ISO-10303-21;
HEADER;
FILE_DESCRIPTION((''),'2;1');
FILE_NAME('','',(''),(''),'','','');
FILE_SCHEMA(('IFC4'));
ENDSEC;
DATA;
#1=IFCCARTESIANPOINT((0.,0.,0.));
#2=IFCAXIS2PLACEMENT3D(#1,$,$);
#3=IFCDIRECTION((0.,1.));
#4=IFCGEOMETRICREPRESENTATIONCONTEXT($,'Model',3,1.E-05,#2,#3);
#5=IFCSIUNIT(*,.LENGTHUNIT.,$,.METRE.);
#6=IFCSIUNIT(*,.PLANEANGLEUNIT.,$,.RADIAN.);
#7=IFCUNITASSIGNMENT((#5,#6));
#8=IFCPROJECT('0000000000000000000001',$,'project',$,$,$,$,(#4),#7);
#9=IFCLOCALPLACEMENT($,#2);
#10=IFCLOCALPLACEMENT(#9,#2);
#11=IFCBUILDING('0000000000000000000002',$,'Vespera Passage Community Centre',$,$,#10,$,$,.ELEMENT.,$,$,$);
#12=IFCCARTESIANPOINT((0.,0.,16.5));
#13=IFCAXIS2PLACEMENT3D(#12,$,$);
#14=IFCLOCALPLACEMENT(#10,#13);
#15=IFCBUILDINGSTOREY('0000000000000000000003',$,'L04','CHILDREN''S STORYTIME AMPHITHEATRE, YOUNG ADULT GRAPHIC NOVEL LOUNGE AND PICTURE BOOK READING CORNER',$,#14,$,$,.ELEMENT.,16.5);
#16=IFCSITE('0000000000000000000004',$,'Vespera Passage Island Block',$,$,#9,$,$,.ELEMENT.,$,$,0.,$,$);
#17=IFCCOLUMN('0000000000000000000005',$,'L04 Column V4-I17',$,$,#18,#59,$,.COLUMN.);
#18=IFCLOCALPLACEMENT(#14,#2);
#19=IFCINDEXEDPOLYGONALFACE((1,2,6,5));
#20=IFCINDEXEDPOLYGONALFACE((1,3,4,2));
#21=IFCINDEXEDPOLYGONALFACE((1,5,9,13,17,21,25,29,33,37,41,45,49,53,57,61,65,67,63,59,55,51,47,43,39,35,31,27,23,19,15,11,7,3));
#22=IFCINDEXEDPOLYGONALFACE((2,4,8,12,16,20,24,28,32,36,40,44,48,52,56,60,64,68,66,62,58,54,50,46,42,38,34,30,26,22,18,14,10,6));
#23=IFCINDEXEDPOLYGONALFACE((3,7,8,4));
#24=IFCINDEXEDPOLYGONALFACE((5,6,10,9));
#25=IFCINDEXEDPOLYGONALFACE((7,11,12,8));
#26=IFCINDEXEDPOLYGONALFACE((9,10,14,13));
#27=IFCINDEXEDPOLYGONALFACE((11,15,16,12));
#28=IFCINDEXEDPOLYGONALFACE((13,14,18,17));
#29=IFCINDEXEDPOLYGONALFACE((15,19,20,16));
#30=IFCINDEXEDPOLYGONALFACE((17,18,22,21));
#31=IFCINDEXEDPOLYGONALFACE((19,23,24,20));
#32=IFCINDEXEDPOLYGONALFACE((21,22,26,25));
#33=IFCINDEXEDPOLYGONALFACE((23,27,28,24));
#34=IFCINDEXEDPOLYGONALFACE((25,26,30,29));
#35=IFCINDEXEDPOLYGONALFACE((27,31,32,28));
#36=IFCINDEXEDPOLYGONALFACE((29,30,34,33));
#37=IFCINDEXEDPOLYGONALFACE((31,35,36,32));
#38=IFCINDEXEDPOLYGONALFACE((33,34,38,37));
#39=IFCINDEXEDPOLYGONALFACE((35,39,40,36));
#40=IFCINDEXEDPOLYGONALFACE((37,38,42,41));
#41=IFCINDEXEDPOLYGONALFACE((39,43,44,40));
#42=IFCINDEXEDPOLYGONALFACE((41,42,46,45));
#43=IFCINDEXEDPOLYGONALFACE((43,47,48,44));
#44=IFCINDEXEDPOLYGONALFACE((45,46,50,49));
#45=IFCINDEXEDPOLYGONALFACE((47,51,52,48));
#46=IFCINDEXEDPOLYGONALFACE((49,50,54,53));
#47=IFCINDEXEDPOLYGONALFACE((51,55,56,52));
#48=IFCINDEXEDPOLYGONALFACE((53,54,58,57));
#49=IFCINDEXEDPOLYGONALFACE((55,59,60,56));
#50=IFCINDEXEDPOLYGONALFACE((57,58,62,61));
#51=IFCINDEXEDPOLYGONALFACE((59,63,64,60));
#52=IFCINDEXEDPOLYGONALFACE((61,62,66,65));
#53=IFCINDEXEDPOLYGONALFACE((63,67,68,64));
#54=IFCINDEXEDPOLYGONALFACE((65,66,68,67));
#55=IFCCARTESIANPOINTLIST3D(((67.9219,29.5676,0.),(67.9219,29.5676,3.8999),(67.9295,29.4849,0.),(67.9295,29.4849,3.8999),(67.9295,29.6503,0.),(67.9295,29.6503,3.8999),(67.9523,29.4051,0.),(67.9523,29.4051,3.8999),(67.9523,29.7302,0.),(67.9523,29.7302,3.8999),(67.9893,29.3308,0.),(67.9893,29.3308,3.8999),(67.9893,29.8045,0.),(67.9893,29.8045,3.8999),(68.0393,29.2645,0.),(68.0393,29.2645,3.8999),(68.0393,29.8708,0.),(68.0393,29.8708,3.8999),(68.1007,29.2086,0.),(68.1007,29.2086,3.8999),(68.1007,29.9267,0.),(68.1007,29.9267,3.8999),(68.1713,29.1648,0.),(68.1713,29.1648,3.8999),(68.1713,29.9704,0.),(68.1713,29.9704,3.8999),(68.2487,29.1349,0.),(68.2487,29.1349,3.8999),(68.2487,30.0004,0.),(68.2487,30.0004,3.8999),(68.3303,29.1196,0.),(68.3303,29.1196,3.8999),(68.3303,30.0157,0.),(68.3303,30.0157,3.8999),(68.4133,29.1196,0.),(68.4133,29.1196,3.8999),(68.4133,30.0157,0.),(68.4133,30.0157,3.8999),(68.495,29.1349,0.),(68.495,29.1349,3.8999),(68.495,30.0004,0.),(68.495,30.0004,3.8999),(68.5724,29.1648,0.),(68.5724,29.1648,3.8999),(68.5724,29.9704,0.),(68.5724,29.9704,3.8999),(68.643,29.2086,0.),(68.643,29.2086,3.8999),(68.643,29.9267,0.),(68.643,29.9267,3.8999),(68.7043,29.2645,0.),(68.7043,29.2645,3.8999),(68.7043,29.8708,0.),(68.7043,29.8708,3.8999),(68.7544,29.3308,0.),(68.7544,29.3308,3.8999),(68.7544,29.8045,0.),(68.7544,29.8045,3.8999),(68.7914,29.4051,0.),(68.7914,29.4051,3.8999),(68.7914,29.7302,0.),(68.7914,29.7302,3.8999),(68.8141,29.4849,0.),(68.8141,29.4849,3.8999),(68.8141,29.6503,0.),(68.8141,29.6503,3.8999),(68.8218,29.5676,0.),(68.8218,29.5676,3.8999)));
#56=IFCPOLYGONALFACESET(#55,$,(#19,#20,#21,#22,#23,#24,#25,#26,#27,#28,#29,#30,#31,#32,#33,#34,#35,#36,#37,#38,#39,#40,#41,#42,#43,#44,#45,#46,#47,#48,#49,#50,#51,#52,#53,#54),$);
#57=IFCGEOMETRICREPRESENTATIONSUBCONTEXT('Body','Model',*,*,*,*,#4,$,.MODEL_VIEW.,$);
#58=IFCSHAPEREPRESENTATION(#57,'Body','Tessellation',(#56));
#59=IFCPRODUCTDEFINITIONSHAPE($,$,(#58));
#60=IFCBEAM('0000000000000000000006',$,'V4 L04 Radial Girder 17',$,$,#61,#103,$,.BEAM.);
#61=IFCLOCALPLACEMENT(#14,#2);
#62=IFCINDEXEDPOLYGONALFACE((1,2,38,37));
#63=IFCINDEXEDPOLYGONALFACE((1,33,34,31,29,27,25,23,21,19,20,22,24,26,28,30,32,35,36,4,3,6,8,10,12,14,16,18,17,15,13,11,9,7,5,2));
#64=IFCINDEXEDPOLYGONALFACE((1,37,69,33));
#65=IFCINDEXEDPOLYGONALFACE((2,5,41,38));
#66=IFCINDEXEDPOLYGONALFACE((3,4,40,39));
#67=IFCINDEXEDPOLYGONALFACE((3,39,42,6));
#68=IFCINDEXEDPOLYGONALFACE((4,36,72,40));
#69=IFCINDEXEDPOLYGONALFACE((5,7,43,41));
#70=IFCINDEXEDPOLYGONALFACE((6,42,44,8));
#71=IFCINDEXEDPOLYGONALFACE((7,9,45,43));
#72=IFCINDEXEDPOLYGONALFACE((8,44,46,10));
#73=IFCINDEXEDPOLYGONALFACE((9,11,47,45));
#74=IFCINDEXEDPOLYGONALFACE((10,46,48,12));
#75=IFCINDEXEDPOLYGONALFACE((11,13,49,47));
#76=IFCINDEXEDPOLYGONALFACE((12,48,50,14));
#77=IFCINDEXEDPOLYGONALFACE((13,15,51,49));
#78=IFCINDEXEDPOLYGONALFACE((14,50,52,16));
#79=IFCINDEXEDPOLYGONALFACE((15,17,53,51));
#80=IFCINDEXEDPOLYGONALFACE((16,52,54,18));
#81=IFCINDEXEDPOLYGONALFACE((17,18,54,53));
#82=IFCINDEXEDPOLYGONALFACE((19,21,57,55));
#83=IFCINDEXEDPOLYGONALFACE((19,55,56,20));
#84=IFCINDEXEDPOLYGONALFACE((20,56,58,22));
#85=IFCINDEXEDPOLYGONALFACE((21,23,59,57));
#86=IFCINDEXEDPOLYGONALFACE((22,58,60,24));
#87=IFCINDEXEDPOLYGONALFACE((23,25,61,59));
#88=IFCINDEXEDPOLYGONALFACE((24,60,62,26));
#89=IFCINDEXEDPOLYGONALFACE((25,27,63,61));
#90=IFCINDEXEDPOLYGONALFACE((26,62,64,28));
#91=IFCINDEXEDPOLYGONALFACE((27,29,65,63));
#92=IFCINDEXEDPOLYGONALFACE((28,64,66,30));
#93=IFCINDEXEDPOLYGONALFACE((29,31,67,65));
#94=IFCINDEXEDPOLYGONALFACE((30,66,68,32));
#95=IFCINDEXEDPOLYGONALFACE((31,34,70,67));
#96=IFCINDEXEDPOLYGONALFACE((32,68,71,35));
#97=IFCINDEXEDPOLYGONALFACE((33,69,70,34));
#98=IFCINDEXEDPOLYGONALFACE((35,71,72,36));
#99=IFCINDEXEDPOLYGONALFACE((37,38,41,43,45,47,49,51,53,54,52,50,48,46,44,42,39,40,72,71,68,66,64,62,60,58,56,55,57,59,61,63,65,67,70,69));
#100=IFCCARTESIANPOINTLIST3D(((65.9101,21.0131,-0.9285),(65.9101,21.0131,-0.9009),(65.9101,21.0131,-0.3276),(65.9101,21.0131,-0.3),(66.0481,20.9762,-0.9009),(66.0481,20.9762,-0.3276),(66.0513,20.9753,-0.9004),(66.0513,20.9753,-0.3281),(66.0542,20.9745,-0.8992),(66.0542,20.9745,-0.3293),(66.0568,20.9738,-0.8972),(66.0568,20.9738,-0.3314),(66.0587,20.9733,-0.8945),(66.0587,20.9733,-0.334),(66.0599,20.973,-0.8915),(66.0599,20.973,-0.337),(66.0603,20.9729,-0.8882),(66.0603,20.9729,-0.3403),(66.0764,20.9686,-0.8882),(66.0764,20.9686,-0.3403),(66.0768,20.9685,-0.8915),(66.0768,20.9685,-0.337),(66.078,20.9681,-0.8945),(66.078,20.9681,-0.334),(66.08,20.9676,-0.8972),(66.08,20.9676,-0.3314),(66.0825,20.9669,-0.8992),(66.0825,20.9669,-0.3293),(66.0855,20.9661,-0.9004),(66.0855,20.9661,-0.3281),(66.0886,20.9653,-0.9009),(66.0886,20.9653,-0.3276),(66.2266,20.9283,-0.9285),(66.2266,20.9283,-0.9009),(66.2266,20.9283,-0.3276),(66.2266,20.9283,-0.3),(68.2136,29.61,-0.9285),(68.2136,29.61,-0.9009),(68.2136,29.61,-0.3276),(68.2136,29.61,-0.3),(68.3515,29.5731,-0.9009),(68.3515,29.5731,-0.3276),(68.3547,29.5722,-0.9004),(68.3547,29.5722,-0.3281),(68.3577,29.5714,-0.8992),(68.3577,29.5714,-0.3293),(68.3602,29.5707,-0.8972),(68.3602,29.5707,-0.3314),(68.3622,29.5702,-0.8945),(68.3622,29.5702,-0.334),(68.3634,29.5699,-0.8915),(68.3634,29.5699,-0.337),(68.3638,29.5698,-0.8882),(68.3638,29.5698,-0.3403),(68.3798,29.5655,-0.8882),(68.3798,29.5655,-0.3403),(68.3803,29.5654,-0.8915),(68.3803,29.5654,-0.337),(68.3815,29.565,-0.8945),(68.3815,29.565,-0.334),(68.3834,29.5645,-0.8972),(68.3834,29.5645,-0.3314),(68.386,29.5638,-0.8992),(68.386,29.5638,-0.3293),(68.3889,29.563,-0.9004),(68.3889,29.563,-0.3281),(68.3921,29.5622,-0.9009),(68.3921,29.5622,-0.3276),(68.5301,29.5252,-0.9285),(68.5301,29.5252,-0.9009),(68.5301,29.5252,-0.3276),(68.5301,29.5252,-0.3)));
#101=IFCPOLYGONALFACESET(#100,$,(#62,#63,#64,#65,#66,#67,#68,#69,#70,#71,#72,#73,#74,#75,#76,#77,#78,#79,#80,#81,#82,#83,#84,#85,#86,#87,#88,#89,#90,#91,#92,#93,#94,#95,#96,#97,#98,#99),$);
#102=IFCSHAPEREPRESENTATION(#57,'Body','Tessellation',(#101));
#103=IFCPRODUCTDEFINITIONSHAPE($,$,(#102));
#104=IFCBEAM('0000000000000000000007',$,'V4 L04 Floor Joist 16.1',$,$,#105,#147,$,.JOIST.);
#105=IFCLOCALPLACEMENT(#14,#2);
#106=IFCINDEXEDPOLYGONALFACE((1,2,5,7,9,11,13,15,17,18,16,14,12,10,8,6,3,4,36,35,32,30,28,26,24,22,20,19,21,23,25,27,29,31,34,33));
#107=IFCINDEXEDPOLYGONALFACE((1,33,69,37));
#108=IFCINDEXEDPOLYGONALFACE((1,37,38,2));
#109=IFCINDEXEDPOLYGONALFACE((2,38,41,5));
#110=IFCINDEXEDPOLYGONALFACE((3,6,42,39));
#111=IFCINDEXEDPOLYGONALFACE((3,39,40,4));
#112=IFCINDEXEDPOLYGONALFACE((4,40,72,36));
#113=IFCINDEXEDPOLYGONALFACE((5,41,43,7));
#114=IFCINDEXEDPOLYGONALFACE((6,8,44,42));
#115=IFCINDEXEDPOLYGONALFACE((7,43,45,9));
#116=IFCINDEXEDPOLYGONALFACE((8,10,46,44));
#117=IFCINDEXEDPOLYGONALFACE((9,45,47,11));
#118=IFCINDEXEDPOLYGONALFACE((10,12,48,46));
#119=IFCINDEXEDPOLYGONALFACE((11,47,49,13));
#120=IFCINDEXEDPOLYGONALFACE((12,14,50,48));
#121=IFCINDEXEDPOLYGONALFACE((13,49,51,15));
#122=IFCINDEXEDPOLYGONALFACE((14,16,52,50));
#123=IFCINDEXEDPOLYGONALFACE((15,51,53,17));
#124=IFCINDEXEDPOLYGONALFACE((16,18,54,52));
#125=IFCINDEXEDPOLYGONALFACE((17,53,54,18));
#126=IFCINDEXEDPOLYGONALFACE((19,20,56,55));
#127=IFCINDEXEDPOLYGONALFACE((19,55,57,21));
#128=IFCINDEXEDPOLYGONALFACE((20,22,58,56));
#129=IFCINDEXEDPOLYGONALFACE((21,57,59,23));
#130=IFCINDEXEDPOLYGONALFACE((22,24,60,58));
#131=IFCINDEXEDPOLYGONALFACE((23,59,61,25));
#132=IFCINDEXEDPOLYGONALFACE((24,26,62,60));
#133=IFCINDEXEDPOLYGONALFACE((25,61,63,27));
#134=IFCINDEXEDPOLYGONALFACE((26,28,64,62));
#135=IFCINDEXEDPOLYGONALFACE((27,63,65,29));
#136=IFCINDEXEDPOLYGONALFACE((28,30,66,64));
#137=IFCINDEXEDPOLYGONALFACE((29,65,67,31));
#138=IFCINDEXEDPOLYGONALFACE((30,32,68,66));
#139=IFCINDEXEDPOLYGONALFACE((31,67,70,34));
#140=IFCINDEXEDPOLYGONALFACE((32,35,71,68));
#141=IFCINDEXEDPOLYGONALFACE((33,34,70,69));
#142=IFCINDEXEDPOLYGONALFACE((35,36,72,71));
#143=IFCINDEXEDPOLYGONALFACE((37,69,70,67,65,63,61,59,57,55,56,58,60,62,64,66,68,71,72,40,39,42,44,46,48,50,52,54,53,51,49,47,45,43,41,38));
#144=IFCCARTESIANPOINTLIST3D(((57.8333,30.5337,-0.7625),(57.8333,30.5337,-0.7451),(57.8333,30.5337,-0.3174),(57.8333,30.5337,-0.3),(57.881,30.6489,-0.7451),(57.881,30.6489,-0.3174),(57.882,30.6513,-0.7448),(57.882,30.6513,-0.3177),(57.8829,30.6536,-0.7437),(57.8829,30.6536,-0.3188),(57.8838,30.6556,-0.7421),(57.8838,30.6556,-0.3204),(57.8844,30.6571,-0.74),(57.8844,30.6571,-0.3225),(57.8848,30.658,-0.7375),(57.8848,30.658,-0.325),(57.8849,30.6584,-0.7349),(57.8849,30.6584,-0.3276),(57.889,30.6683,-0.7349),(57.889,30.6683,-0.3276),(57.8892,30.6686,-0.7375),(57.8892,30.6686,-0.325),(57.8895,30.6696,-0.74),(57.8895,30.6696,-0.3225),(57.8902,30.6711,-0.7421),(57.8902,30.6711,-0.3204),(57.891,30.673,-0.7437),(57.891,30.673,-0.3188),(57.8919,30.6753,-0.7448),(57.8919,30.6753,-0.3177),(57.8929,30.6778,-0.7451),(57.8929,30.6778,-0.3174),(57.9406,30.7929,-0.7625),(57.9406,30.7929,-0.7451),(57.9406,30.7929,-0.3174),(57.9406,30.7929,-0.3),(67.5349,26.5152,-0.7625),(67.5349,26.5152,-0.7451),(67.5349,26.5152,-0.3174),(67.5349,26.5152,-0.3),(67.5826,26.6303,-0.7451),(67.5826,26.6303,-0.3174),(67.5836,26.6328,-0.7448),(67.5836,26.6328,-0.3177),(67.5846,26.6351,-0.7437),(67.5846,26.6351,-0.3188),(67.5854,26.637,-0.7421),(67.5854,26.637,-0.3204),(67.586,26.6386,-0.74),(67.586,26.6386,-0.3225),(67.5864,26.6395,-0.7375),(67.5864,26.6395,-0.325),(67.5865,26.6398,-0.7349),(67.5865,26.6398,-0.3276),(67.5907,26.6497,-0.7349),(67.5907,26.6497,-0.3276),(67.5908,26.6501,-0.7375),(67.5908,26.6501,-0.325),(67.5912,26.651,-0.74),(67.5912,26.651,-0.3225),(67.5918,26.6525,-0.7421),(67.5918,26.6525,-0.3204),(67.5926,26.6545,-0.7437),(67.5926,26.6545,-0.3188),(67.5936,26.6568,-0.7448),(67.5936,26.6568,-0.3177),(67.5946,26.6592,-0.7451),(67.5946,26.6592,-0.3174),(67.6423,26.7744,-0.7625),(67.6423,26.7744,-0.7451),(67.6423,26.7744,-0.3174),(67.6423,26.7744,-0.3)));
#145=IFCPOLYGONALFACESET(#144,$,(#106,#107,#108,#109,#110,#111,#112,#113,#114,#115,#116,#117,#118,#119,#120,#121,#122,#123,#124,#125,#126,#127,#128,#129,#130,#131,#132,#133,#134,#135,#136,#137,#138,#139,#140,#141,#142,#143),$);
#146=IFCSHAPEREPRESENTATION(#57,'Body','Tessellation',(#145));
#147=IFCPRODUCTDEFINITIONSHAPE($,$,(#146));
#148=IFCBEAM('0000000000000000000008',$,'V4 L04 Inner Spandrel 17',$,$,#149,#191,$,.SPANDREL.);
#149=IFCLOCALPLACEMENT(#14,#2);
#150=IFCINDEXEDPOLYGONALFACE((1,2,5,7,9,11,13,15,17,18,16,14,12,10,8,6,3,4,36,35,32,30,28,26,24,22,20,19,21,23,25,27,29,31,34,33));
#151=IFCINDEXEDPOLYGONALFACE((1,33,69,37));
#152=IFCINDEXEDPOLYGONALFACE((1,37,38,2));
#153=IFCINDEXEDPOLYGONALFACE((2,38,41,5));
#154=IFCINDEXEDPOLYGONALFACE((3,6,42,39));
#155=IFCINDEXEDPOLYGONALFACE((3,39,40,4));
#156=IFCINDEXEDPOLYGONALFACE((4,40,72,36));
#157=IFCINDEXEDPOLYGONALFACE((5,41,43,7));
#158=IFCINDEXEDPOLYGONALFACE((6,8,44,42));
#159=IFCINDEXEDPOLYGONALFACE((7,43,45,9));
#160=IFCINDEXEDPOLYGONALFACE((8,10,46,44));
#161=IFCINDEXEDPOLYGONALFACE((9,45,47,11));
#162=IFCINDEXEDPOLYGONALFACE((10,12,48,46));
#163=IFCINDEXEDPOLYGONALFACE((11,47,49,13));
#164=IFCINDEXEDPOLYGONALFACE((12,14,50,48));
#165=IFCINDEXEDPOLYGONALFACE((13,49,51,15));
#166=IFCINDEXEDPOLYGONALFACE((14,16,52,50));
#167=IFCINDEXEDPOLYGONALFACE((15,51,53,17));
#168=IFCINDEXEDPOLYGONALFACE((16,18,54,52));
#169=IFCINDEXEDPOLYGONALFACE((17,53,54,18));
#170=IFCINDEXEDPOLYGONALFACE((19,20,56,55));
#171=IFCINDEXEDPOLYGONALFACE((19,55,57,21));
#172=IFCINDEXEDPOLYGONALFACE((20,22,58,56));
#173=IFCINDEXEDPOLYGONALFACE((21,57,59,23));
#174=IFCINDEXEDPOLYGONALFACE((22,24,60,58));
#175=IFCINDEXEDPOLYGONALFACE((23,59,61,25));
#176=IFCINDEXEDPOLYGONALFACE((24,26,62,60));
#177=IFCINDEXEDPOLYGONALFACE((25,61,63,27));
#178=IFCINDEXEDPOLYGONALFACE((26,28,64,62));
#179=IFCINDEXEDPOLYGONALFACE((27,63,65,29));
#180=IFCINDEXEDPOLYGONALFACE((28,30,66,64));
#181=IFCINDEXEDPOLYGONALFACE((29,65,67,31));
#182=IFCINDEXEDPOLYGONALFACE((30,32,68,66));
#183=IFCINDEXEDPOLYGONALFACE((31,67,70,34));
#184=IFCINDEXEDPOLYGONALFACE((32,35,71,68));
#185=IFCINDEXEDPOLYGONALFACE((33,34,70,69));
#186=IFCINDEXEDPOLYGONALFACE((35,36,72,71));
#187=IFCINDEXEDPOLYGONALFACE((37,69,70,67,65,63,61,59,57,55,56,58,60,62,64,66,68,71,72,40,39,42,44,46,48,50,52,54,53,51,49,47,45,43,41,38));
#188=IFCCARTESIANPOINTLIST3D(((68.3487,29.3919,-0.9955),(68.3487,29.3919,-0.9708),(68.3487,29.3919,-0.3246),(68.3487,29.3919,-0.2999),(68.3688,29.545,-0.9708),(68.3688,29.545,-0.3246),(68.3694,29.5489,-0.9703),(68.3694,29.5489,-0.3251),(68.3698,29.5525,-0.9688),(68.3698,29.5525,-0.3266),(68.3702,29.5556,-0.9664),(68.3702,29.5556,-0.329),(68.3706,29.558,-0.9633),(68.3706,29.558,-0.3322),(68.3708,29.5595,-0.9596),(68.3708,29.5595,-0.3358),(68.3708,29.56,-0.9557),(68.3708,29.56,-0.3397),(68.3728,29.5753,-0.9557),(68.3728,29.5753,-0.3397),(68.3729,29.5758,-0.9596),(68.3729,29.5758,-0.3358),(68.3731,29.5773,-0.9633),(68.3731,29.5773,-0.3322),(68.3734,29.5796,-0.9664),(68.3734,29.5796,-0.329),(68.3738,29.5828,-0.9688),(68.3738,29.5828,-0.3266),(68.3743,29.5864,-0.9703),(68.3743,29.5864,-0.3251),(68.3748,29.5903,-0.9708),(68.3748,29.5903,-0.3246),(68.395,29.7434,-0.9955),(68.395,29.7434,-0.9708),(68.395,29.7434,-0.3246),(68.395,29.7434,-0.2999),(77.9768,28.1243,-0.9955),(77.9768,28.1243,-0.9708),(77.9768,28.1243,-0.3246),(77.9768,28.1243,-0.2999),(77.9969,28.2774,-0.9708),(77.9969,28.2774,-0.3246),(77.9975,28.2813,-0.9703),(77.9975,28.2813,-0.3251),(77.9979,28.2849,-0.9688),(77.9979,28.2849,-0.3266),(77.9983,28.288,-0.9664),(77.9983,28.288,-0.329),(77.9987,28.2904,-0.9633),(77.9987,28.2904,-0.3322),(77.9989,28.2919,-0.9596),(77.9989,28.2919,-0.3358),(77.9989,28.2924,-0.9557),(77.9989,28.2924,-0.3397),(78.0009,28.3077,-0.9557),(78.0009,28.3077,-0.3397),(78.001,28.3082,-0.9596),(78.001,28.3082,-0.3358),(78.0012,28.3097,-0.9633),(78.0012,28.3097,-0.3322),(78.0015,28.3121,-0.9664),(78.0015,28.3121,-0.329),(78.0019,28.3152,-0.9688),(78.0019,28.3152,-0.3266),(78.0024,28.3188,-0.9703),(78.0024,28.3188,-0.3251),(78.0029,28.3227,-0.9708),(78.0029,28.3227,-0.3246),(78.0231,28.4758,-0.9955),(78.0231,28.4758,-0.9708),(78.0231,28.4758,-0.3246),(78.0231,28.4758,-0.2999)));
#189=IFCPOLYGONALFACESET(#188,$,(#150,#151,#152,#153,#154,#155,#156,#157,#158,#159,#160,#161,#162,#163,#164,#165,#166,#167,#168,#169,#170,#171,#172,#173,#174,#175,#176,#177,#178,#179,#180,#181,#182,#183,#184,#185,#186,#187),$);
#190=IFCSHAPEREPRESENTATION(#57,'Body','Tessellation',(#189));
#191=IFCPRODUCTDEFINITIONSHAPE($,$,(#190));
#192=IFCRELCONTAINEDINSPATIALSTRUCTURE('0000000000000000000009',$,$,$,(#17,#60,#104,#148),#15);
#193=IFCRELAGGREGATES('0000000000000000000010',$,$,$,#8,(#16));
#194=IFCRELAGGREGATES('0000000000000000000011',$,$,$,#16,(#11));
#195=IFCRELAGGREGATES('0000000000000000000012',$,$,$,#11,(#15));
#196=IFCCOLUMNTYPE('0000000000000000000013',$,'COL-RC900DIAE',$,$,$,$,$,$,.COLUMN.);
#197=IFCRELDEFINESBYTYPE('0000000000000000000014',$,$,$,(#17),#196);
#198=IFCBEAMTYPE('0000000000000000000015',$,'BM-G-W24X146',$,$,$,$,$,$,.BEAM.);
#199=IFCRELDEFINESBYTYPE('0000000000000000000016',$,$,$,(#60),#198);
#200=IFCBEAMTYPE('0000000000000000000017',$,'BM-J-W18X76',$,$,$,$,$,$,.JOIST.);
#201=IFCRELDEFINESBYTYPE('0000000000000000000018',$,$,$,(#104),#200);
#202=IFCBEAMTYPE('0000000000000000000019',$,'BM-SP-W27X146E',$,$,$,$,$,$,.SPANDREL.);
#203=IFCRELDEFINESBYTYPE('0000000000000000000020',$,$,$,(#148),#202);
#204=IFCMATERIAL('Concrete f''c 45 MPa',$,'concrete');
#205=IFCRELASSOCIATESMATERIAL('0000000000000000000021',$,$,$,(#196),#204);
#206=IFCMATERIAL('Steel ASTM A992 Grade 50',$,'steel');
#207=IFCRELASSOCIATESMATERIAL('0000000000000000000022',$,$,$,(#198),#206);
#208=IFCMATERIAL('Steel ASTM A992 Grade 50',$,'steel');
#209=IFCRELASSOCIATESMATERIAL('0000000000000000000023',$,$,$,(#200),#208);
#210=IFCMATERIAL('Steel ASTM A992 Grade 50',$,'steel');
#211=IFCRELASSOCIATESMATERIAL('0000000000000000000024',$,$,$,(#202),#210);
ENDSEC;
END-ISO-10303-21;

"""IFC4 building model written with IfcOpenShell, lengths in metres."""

from ifc_helpers import new_model, si_unit, direction, frame, origin, origin_2d, place, context, subcontext, project, spatial, circle, i_section, extrude, material, material_profile, profile_set, type_object, element, save


model = new_model("IFC4")

# Units and contexts
model_context = context("Model", 3, precision=1e-05, world=origin(), true_north=direction((0.0, 1.0)))
body_context = subcontext(model_context, "Body", "Model", "MODEL_VIEW")
ifc_project = project(units=[si_unit("LENGTHUNIT", "METRE"), si_unit("PLANEANGLEUNIT", "RADIAN")], contexts=[model_context])

# Site, building, storey
site_placement = place(None, origin())
site = spatial("IfcSite", under=ifc_project, at=site_placement, Name="Vespera Passage Island Block", CompositionType="ELEMENT", RefElevation=0.0)
building_placement = place(site_placement, origin())
building = spatial("IfcBuilding", under=site, at=building_placement, Name="Vespera Passage Community Centre", CompositionType="ELEMENT")
storey_placement = place(building_placement, frame((0.0, 0.0, 16.5)))
storey = spatial("IfcBuildingStorey", under=building, at=storey_placement, Name="L04", Description="CHILDREN'S STORYTIME AMPHITHEATRE, YOUNG ADULT GRAPHIC NOVEL LOUNGE AND PICTURE BOOK READING CORNER", CompositionType="ELEMENT", Elevation=16.5)

# Column
ifc_material_1 = material(Name="Concrete f'c 45 MPa", Category="concrete")
ifc_material_profile_1 = material_profile(ifc_material_1, circle(Radius=0.45, at=origin_2d()), Name="RC900DIA")
ifc_profile_set_1 = profile_set([ifc_material_profile_1], Name="Concrete f'c 45 MPa")
column_type = type_object("IfcColumnType", Name="COL-RC900DIAE", PredefinedType="COLUMN", material=ifc_profile_set_1)
column_placement = place(storey_placement, frame((68.3718, 29.5676, 0.0), z_axis=(0.0, 0.0, 1.0), x_axis=(1.0, 0.0, 0.0)))
element("IfcColumn", 1, at=column_placement, inside=storey, type_object=column_type, Name="L04 Column V4-I17", PredefinedType="COLUMN", context=body_context, shape_type="SweptSolid", body=[
    extrude(circle(Radius=0.45, at=origin_2d()), origin(), (0.0, 0.0, 1.0), 3.8999),
])

# Beams
ifc_material_2 = material(Name="Steel ASTM A992 Grade 50", Category="steel")
ifc_material_profile_2 = material_profile(ifc_material_2, i_section(OverallWidth=0.3276, OverallDepth=0.6284, WebThickness=0.0166, FlangeThickness=0.0276, FilletRadius=0.0127, at=origin_2d()), Name="W24X146")
ifc_profile_set_2 = profile_set([ifc_material_profile_2], Name="Steel ASTM A992 Grade 50")
beam_type_1 = type_object("IfcBeamType", Name="BM-G-W24X146", PredefinedType="BEAM", material=ifc_profile_set_2)
beam_1_placement = place(storey_placement, frame((68.3718, 29.5676, -0.6143), z_axis=(-0.258811, -0.965928, 0.0), x_axis=(0.965928, -0.258811, 0.0)))
element("IfcBeam", 2, at=beam_1_placement, inside=storey, type_object=beam_type_1, Name="V4 L04 Radial Girder 17", PredefinedType="BEAM", context=body_context, shape_type="SweptSolid", body=[
    extrude(i_section(OverallWidth=0.3276, OverallDepth=0.6284, WebThickness=0.0166, FlangeThickness=0.0276, FilletRadius=0.0127, at=origin_2d()), origin(), (0.0, 0.0, 1.0), 8.9001),
])
ifc_material_3 = material(Name="Steel ASTM A992 Grade 50", Category="steel")
ifc_material_profile_3 = material_profile(ifc_material_3, i_section(OverallWidth=0.2805, OverallDepth=0.4624, WebThickness=0.0107, FlangeThickness=0.0173, FilletRadius=0.0103, at=origin_2d()), Name="W18X76")
ifc_profile_set_3 = profile_set([ifc_material_profile_3], Name="Steel ASTM A992 Grade 50")
beam_type_2 = type_object("IfcBeamType", Name="BM-J-W18X76", PredefinedType="JOIST", material=ifc_profile_set_3)
beam_2_placement = place(storey_placement, frame((57.887, 30.6633, -0.5312), z_axis=(0.92388, -0.382683, 0.0), x_axis=(0.382683, 0.92388, 0.0)))
element("IfcBeam", 3, at=beam_2_placement, inside=storey, type_object=beam_type_2, Name="V4 L04 Floor Joist 16.1", PredefinedType="JOIST", context=body_context, shape_type="SweptSolid", body=[
    extrude(i_section(OverallWidth=0.2805, OverallDepth=0.4624, WebThickness=0.0107, FlangeThickness=0.0173, FilletRadius=0.0103, at=origin_2d()), origin(), (0.0, 0.0, 1.0), 10.501),
])
ifc_material_4 = material(Name="Steel ASTM A992 Grade 50", Category="steel")
ifc_material_profile_4 = material_profile(ifc_material_4, i_section(OverallWidth=0.3545, OverallDepth=0.6956, WebThickness=0.0154, FlangeThickness=0.0247, FilletRadius=0.0151, at=origin_2d()), Name="W27X146")
ifc_profile_set_4 = profile_set([ifc_material_profile_4], Name="Steel ASTM A992 Grade 50")
beam_type_3 = type_object("IfcBeamType", Name="BM-SP-W27X146E", PredefinedType="SPANDREL", material=ifc_profile_set_4)
beam_3_placement = place(storey_placement, frame((68.3718, 29.5676, -0.6477), z_axis=(0.991445, -0.130527, 0.0), x_axis=(0.130527, 0.991445, 0.0)))
element("IfcBeam", 4, at=beam_3_placement, inside=storey, type_object=beam_type_3, Name="V4 L04 Inner Spandrel 17", PredefinedType="SPANDREL", context=body_context, shape_type="SweptSolid", body=[
    extrude(i_section(OverallWidth=0.3545, OverallDepth=0.6956, WebThickness=0.0154, FlangeThickness=0.0247, FilletRadius=0.0151, at=origin_2d()), origin(), (0.0, 0.0, 1.0), 9.7112),
])

save(model, "model.ifc")
